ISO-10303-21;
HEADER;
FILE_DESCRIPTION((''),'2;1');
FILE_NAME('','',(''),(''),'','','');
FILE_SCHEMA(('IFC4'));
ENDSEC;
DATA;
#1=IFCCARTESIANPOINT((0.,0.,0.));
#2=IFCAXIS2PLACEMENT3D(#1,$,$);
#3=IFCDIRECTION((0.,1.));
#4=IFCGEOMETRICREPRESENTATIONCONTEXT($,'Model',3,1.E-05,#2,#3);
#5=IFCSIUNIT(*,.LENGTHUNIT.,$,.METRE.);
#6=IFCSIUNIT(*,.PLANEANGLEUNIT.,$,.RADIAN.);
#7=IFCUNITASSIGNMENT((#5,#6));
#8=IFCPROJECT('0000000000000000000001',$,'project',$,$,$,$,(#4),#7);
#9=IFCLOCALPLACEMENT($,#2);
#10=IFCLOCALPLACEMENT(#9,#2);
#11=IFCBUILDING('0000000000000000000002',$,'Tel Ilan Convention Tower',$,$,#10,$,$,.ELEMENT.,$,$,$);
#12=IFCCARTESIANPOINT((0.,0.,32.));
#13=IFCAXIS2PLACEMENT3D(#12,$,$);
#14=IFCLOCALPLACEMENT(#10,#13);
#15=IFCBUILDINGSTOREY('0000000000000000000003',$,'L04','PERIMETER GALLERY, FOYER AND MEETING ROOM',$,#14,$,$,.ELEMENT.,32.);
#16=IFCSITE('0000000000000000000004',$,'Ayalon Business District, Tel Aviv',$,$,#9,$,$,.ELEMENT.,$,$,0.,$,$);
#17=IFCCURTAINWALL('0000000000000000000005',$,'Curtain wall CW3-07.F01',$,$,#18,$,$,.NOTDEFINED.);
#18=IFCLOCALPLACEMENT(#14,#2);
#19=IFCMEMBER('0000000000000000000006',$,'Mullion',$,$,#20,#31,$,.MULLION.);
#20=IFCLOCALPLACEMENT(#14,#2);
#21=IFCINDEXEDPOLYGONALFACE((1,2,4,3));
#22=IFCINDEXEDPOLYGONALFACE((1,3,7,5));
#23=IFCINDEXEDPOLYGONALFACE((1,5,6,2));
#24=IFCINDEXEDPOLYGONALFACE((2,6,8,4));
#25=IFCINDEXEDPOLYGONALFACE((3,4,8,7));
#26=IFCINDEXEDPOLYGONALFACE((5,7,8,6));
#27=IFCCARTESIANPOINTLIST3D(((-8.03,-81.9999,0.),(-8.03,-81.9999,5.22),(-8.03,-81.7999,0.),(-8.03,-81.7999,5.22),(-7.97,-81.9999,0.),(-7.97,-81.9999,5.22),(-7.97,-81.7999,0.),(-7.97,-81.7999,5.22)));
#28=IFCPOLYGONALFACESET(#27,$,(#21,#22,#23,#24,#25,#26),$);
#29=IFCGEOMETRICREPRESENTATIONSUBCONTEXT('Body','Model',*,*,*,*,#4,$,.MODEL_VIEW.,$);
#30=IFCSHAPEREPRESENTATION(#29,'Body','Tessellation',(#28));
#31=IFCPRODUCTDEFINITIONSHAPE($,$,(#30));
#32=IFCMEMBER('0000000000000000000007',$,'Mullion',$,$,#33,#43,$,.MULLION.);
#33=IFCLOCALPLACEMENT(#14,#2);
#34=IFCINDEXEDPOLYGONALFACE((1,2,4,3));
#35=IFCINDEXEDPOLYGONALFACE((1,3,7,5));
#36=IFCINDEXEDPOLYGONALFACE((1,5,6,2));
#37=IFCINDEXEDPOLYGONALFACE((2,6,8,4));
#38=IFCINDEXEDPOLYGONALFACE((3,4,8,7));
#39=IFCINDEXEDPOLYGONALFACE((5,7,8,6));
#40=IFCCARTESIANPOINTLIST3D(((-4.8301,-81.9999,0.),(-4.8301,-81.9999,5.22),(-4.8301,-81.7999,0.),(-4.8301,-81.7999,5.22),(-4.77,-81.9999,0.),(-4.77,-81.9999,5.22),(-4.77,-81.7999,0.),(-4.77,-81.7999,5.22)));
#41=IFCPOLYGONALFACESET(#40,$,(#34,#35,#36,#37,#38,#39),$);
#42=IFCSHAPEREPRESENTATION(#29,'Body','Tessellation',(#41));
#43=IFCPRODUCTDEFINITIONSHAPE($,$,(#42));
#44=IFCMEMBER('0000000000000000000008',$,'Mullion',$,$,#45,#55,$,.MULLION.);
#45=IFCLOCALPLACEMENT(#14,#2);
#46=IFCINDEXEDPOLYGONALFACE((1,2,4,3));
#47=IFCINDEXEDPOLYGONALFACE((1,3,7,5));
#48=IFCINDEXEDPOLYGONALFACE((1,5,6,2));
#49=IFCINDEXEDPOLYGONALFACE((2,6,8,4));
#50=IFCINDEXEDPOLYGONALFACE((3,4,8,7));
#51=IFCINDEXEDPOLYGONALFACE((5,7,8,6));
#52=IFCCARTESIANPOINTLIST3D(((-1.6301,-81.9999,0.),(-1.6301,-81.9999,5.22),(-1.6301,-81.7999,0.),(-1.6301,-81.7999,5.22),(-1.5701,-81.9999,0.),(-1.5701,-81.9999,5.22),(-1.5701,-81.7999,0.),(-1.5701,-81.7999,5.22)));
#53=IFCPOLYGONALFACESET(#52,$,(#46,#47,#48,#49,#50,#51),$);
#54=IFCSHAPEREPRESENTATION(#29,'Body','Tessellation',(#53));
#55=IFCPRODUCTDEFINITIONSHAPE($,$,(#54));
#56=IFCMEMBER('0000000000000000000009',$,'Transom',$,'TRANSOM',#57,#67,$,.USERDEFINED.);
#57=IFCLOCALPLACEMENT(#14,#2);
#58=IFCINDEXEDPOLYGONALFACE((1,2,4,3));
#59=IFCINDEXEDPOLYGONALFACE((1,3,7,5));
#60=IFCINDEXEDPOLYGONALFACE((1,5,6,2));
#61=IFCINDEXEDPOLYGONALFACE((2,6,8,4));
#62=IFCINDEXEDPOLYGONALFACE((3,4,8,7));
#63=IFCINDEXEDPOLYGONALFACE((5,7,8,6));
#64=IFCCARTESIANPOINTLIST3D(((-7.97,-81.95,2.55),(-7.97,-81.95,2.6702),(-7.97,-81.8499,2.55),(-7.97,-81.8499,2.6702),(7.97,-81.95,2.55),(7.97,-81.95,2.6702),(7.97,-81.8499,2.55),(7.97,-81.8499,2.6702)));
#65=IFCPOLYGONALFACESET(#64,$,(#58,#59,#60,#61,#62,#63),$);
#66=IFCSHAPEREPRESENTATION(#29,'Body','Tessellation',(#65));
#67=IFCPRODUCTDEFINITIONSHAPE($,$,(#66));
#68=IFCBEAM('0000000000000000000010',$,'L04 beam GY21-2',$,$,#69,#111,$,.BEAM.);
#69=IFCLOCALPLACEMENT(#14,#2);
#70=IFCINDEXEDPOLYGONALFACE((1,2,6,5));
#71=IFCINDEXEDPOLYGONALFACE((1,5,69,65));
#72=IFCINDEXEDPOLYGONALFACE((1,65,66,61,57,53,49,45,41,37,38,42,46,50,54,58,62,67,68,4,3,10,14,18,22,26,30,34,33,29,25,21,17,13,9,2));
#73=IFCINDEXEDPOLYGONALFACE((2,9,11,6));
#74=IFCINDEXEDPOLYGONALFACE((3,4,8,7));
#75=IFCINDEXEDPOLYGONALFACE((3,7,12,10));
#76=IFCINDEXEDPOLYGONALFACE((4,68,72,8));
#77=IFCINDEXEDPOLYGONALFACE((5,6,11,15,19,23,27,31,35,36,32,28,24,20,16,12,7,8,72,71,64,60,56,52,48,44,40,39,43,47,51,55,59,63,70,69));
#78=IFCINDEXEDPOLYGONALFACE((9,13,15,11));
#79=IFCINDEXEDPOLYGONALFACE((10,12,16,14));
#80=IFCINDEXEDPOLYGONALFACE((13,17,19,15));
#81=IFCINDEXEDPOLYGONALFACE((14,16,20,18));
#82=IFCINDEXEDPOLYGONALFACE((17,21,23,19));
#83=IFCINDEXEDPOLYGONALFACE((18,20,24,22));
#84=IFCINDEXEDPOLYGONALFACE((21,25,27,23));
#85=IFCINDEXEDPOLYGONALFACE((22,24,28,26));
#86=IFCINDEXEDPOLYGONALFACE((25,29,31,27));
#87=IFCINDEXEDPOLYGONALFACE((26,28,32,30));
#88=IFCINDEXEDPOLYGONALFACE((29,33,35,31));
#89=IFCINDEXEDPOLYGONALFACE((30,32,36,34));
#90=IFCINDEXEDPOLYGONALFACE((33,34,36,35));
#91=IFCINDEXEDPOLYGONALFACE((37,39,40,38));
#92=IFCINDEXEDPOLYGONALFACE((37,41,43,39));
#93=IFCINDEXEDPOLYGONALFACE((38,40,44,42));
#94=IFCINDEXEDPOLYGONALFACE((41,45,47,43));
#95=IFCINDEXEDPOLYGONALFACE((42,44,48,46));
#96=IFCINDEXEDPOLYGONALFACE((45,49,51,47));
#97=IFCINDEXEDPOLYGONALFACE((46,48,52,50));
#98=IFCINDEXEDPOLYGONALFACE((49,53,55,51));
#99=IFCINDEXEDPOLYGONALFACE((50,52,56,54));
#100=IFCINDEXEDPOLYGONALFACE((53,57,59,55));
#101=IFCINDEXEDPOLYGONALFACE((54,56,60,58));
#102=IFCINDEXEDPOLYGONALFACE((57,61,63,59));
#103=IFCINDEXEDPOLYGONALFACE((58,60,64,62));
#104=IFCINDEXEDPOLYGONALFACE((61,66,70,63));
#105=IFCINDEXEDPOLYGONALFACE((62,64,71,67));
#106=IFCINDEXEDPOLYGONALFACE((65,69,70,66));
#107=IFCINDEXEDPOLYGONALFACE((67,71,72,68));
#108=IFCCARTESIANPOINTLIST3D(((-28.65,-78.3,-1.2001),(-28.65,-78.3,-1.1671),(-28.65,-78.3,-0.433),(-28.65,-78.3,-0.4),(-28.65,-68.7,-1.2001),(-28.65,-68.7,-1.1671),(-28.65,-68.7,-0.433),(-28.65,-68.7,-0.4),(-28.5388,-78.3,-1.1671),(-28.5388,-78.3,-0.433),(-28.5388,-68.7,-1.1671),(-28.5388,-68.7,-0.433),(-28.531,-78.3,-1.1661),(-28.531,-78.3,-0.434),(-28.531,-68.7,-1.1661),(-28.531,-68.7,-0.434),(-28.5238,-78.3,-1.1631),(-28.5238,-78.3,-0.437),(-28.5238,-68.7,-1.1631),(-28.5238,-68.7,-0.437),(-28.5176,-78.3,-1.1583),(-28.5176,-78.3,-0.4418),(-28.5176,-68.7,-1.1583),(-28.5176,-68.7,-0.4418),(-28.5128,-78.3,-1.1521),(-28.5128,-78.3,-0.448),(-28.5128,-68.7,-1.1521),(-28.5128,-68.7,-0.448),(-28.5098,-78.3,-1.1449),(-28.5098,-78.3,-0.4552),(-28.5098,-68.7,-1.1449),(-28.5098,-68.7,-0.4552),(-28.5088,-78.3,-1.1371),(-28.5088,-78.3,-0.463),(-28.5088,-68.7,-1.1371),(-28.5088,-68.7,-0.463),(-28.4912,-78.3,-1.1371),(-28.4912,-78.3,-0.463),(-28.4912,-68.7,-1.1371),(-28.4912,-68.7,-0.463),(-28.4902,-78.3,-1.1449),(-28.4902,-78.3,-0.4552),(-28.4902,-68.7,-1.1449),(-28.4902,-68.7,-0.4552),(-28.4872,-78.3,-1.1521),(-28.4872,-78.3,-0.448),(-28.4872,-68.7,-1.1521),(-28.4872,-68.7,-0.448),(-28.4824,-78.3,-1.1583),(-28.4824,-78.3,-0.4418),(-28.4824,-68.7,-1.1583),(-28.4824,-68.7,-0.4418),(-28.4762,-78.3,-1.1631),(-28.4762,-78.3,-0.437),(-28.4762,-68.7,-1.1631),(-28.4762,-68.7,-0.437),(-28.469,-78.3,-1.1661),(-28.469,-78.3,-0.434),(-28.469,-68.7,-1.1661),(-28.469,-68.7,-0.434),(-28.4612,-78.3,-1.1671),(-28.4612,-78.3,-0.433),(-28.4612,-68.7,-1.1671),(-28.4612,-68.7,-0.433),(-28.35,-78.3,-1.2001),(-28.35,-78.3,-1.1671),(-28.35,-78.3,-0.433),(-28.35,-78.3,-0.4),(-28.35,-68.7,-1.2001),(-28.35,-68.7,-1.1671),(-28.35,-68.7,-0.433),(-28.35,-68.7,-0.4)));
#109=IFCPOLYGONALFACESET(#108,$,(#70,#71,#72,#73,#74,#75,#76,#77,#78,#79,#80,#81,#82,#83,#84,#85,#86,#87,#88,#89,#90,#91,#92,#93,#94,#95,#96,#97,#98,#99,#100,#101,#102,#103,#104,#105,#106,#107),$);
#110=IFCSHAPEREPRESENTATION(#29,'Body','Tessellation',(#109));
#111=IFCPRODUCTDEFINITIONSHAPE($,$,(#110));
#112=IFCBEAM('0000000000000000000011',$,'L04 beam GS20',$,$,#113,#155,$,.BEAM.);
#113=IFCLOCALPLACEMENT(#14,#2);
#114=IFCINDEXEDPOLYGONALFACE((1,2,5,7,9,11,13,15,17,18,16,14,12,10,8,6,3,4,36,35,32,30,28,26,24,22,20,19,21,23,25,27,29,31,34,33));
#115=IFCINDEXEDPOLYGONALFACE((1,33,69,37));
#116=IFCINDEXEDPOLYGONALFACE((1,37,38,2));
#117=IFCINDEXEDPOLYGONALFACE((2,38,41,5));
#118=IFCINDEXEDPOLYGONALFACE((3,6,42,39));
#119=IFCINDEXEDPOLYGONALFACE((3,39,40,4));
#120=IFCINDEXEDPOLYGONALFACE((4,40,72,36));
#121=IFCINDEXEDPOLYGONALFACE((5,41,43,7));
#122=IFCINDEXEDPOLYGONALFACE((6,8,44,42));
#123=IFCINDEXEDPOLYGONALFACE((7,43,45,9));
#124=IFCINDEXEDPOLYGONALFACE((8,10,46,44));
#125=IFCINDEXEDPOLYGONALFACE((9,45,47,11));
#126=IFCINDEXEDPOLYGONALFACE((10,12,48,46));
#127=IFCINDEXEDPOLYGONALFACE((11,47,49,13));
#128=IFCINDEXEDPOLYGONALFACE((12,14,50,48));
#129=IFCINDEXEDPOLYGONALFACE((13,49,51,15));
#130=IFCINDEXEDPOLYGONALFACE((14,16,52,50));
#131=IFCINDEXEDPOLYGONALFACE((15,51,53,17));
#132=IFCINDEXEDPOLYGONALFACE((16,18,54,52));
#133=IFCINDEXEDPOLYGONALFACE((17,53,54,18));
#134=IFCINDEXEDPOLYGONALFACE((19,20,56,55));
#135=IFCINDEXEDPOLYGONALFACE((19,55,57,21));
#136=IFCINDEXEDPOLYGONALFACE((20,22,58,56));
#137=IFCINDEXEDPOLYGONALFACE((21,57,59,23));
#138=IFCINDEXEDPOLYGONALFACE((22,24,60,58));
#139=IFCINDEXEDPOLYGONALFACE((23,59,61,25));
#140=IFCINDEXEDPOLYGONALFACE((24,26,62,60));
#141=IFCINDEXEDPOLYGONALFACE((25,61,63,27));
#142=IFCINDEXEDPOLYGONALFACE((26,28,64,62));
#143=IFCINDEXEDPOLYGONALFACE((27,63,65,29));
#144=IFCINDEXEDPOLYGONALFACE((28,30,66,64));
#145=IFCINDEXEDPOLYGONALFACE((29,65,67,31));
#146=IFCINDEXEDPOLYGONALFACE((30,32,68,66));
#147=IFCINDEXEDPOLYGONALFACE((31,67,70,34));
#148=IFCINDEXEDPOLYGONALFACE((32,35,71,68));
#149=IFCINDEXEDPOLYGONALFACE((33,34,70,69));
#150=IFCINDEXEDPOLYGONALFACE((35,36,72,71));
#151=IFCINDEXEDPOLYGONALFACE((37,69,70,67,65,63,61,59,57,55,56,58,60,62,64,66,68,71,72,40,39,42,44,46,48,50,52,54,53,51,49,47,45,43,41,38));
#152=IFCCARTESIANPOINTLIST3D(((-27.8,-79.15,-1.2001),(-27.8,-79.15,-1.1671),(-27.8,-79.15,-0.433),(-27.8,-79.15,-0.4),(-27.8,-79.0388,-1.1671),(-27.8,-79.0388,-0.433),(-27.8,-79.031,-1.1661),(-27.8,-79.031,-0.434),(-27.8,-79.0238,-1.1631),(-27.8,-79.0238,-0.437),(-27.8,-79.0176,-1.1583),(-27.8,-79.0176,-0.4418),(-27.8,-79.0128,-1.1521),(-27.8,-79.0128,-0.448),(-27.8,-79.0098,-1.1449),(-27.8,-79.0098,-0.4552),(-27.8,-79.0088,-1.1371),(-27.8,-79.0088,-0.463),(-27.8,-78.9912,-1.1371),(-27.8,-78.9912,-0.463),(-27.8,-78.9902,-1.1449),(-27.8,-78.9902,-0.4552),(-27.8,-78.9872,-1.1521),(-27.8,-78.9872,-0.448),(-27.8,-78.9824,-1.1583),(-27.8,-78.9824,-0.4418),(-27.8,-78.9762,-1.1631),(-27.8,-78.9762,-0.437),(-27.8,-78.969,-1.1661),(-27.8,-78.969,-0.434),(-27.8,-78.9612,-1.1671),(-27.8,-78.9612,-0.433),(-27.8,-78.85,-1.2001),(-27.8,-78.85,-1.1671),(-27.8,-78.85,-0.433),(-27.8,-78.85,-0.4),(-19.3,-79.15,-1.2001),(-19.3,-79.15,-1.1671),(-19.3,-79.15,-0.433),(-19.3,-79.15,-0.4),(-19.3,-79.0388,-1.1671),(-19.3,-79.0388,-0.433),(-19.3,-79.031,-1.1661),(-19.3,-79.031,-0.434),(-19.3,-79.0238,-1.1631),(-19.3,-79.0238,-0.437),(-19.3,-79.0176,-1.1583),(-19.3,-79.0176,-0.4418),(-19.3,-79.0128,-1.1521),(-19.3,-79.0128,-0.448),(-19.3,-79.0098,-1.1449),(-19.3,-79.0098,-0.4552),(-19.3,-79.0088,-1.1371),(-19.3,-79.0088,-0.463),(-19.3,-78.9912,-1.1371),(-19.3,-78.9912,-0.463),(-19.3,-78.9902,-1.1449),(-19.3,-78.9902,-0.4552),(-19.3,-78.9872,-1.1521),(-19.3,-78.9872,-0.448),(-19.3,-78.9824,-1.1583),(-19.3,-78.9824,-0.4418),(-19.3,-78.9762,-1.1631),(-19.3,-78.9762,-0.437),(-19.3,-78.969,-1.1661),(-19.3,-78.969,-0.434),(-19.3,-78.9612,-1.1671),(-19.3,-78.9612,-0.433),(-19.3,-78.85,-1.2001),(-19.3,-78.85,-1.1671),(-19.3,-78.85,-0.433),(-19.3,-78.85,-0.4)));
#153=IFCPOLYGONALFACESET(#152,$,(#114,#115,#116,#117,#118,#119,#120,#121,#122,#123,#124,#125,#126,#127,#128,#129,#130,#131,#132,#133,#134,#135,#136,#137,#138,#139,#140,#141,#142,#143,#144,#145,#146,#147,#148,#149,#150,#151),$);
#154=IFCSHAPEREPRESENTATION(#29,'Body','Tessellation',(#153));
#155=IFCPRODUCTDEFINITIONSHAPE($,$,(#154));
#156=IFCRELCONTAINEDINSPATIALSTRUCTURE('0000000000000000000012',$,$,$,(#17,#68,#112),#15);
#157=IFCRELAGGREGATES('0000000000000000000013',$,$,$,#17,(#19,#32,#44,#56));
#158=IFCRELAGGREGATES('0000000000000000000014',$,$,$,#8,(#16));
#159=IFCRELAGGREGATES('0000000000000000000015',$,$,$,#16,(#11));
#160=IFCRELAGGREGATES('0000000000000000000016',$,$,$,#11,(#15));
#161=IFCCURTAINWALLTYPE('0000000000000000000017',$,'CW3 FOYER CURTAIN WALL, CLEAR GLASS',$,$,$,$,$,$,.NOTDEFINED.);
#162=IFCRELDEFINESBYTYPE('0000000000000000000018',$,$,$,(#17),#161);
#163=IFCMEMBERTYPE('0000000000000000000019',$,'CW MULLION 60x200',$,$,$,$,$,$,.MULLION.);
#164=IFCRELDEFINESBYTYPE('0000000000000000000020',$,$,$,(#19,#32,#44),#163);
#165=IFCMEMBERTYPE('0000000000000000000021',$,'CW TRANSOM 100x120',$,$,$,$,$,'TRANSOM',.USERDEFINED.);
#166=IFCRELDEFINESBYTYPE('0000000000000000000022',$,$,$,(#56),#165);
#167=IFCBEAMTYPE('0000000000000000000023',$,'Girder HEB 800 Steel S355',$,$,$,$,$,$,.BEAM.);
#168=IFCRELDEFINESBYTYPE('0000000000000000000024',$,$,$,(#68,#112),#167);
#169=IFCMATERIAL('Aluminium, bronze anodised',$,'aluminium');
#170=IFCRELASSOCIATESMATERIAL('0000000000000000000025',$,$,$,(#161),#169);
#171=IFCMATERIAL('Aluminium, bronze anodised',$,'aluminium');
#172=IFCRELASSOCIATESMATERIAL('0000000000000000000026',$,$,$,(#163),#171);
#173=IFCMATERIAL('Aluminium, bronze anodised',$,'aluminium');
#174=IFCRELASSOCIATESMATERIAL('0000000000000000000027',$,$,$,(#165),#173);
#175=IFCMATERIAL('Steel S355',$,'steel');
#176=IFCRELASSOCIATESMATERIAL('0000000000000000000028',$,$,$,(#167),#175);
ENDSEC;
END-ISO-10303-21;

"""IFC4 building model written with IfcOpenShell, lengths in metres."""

from ifc_helpers import new_model, si_unit, direction, frame, origin, origin_2d, place, context, subcontext, project, spatial, rectangle, i_section, extrude, material, material_profile, profile_set, type_object, element, aggregate, save


model = new_model("IFC4")

# Units and contexts
model_context = context("Model", 3, precision=1e-05, world=origin(), true_north=direction((0.0, 1.0)))
body_context = subcontext(model_context, "Body", "Model", "MODEL_VIEW")
ifc_project = project(units=[si_unit("LENGTHUNIT", "METRE"), si_unit("PLANEANGLEUNIT", "RADIAN")], contexts=[model_context])

# Site, building, storey
site_placement = place(None, origin())
site = spatial("IfcSite", under=ifc_project, at=site_placement, Name="Ayalon Business District, Tel Aviv", CompositionType="ELEMENT", RefElevation=0.0)
building_placement = place(site_placement, origin())
building = spatial("IfcBuilding", under=site, at=building_placement, Name="Tel Ilan Convention Tower", CompositionType="ELEMENT")
storey_placement = place(building_placement, frame((0.0, 0.0, 32.0)))
storey = spatial("IfcBuildingStorey", under=building, at=storey_placement, Name="L04", Description="PERIMETER GALLERY, FOYER AND MEETING ROOM", CompositionType="ELEMENT", Elevation=32.0)

# Curtain wall, members
ifc_material_1 = material(Name="Aluminium, bronze anodised", Category="aluminium")
curtain_wall_type = type_object("IfcCurtainWallType", Name="CW3 FOYER CURTAIN WALL, CLEAR GLASS", PredefinedType="NOTDEFINED", material=ifc_material_1)
curtain_wall_placement = place(storey_placement, origin())
curtain_wall = element("IfcCurtainWall", 1, at=curtain_wall_placement, inside=storey, type_object=curtain_wall_type, Name="Curtain wall CW3-07.F01", PredefinedType="NOTDEFINED")
ifc_material_2 = material(Name="Aluminium, bronze anodised", Category="aluminium")
ifc_material_profile_1 = material_profile(ifc_material_2, rectangle(XDim=0.0601, YDim=0.2, at=origin_2d()), Name="CW MULLION 60x200")
ifc_profile_set_1 = profile_set([ifc_material_profile_1], Name="Aluminium, bronze anodised")
member_type_1 = type_object("IfcMemberType", Name="CW MULLION 60x200", PredefinedType="MULLION", material=ifc_profile_set_1)
member_1_placement = place(storey_placement, frame((-8.0, -81.8999, 0.0), z_axis=(0.0, 0.0, 1.0), x_axis=(1.0, 0.0, 0.0)))
member_1 = element("IfcMember", 2, at=member_1_placement, type_object=member_type_1, Name="Mullion", PredefinedType="MULLION", context=body_context, shape_type="SweptSolid", body=[
    extrude(rectangle(XDim=0.0601, YDim=0.2, at=origin_2d()), origin(), (0.0, 0.0, 1.0), 5.22),
])
member_2_placement = place(storey_placement, frame((-4.8, -81.8999, 0.0), z_axis=(0.0, 0.0, 1.0), x_axis=(1.0, 0.0, 0.0)))
member_2 = element("IfcMember", 3, at=member_2_placement, type_object=member_type_1, Name="Mullion", PredefinedType="MULLION", context=body_context, shape_type="SweptSolid", body=[
    extrude(rectangle(XDim=0.0601, YDim=0.2, at=origin_2d()), origin(), (0.0, 0.0, 1.0), 5.22),
])
member_3_placement = place(storey_placement, frame((-1.6001, -81.8999, 0.0), z_axis=(0.0, 0.0, 1.0), x_axis=(1.0, 0.0, 0.0)))
member_3 = element("IfcMember", 4, at=member_3_placement, type_object=member_type_1, Name="Mullion", PredefinedType="MULLION", context=body_context, shape_type="SweptSolid", body=[
    extrude(rectangle(XDim=0.0601, YDim=0.2, at=origin_2d()), origin(), (0.0, 0.0, 1.0), 5.22),
])
ifc_material_3 = material(Name="Aluminium, bronze anodised", Category="aluminium")
ifc_material_profile_2 = material_profile(ifc_material_3, rectangle(XDim=0.1001, YDim=0.1201, at=origin_2d()), Name="CW TRANSOM 100x120")
ifc_profile_set_2 = profile_set([ifc_material_profile_2], Name="Aluminium, bronze anodised")
member_type_2 = type_object("IfcMemberType", Name="CW TRANSOM 100x120", ElementType="TRANSOM", PredefinedType="USERDEFINED", material=ifc_profile_set_2)
member_4_placement = place(storey_placement, frame((-7.97, -81.8999, 2.6101), z_axis=(1.0, 0.0, 0.0), x_axis=(0.0, 1.0, 0.0)))
member_4 = element("IfcMember", 5, at=member_4_placement, type_object=member_type_2, Name="Transom", ObjectType="TRANSOM", PredefinedType="USERDEFINED", context=body_context, shape_type="SweptSolid", body=[
    extrude(rectangle(XDim=0.1001, YDim=0.1201, at=origin_2d()), origin(), (0.0, 0.0, 1.0), 15.9399),
])

# Beams
ifc_material_4 = material(Name="Steel S355", Category="steel")
ifc_material_profile_3 = material_profile(ifc_material_4, i_section(OverallWidth=0.3, OverallDepth=0.8, WebThickness=0.0176, FlangeThickness=0.033, FilletRadius=0.03, at=origin_2d()), Name="HEB 800")
ifc_profile_set_3 = profile_set([ifc_material_profile_3], Name="Steel S355")
beam_type_1 = type_object("IfcBeamType", Name="Girder HEB 800 Steel S355", PredefinedType="BEAM", material=ifc_profile_set_3)
beam_1_placement = place(storey_placement, frame((-28.5, -78.3, -0.8), z_axis=(0.0, 1.0, 0.0), x_axis=(-1.0, 0.0, 0.0)))
element("IfcBeam", 6, at=beam_1_placement, inside=storey, type_object=beam_type_1, Name="L04 beam GY21-2", PredefinedType="BEAM", context=body_context, shape_type="SweptSolid", body=[
    extrude(i_section(OverallWidth=0.3, OverallDepth=0.8, WebThickness=0.0176, FlangeThickness=0.033, FilletRadius=0.03, at=origin_2d()), origin(), (0.0, 0.0, 1.0), 9.6001),
])
beam_2_placement = place(storey_placement, frame((-27.8, -79.0, -0.8), z_axis=(1.0, 0.0, 0.0), x_axis=(0.0, 1.0, 0.0)))
element("IfcBeam", 7, at=beam_2_placement, inside=storey, type_object=beam_type_1, Name="L04 beam GS20", PredefinedType="BEAM", context=body_context, shape_type="SweptSolid", body=[
    extrude(i_section(OverallWidth=0.3, OverallDepth=0.8, WebThickness=0.0176, FlangeThickness=0.033, FilletRadius=0.03, at=origin_2d()), origin(), (0.0, 0.0, 1.0), 8.5),
])

aggregate(curtain_wall, [member_1, member_2, member_3, member_4])

save(model, "model.ifc")
